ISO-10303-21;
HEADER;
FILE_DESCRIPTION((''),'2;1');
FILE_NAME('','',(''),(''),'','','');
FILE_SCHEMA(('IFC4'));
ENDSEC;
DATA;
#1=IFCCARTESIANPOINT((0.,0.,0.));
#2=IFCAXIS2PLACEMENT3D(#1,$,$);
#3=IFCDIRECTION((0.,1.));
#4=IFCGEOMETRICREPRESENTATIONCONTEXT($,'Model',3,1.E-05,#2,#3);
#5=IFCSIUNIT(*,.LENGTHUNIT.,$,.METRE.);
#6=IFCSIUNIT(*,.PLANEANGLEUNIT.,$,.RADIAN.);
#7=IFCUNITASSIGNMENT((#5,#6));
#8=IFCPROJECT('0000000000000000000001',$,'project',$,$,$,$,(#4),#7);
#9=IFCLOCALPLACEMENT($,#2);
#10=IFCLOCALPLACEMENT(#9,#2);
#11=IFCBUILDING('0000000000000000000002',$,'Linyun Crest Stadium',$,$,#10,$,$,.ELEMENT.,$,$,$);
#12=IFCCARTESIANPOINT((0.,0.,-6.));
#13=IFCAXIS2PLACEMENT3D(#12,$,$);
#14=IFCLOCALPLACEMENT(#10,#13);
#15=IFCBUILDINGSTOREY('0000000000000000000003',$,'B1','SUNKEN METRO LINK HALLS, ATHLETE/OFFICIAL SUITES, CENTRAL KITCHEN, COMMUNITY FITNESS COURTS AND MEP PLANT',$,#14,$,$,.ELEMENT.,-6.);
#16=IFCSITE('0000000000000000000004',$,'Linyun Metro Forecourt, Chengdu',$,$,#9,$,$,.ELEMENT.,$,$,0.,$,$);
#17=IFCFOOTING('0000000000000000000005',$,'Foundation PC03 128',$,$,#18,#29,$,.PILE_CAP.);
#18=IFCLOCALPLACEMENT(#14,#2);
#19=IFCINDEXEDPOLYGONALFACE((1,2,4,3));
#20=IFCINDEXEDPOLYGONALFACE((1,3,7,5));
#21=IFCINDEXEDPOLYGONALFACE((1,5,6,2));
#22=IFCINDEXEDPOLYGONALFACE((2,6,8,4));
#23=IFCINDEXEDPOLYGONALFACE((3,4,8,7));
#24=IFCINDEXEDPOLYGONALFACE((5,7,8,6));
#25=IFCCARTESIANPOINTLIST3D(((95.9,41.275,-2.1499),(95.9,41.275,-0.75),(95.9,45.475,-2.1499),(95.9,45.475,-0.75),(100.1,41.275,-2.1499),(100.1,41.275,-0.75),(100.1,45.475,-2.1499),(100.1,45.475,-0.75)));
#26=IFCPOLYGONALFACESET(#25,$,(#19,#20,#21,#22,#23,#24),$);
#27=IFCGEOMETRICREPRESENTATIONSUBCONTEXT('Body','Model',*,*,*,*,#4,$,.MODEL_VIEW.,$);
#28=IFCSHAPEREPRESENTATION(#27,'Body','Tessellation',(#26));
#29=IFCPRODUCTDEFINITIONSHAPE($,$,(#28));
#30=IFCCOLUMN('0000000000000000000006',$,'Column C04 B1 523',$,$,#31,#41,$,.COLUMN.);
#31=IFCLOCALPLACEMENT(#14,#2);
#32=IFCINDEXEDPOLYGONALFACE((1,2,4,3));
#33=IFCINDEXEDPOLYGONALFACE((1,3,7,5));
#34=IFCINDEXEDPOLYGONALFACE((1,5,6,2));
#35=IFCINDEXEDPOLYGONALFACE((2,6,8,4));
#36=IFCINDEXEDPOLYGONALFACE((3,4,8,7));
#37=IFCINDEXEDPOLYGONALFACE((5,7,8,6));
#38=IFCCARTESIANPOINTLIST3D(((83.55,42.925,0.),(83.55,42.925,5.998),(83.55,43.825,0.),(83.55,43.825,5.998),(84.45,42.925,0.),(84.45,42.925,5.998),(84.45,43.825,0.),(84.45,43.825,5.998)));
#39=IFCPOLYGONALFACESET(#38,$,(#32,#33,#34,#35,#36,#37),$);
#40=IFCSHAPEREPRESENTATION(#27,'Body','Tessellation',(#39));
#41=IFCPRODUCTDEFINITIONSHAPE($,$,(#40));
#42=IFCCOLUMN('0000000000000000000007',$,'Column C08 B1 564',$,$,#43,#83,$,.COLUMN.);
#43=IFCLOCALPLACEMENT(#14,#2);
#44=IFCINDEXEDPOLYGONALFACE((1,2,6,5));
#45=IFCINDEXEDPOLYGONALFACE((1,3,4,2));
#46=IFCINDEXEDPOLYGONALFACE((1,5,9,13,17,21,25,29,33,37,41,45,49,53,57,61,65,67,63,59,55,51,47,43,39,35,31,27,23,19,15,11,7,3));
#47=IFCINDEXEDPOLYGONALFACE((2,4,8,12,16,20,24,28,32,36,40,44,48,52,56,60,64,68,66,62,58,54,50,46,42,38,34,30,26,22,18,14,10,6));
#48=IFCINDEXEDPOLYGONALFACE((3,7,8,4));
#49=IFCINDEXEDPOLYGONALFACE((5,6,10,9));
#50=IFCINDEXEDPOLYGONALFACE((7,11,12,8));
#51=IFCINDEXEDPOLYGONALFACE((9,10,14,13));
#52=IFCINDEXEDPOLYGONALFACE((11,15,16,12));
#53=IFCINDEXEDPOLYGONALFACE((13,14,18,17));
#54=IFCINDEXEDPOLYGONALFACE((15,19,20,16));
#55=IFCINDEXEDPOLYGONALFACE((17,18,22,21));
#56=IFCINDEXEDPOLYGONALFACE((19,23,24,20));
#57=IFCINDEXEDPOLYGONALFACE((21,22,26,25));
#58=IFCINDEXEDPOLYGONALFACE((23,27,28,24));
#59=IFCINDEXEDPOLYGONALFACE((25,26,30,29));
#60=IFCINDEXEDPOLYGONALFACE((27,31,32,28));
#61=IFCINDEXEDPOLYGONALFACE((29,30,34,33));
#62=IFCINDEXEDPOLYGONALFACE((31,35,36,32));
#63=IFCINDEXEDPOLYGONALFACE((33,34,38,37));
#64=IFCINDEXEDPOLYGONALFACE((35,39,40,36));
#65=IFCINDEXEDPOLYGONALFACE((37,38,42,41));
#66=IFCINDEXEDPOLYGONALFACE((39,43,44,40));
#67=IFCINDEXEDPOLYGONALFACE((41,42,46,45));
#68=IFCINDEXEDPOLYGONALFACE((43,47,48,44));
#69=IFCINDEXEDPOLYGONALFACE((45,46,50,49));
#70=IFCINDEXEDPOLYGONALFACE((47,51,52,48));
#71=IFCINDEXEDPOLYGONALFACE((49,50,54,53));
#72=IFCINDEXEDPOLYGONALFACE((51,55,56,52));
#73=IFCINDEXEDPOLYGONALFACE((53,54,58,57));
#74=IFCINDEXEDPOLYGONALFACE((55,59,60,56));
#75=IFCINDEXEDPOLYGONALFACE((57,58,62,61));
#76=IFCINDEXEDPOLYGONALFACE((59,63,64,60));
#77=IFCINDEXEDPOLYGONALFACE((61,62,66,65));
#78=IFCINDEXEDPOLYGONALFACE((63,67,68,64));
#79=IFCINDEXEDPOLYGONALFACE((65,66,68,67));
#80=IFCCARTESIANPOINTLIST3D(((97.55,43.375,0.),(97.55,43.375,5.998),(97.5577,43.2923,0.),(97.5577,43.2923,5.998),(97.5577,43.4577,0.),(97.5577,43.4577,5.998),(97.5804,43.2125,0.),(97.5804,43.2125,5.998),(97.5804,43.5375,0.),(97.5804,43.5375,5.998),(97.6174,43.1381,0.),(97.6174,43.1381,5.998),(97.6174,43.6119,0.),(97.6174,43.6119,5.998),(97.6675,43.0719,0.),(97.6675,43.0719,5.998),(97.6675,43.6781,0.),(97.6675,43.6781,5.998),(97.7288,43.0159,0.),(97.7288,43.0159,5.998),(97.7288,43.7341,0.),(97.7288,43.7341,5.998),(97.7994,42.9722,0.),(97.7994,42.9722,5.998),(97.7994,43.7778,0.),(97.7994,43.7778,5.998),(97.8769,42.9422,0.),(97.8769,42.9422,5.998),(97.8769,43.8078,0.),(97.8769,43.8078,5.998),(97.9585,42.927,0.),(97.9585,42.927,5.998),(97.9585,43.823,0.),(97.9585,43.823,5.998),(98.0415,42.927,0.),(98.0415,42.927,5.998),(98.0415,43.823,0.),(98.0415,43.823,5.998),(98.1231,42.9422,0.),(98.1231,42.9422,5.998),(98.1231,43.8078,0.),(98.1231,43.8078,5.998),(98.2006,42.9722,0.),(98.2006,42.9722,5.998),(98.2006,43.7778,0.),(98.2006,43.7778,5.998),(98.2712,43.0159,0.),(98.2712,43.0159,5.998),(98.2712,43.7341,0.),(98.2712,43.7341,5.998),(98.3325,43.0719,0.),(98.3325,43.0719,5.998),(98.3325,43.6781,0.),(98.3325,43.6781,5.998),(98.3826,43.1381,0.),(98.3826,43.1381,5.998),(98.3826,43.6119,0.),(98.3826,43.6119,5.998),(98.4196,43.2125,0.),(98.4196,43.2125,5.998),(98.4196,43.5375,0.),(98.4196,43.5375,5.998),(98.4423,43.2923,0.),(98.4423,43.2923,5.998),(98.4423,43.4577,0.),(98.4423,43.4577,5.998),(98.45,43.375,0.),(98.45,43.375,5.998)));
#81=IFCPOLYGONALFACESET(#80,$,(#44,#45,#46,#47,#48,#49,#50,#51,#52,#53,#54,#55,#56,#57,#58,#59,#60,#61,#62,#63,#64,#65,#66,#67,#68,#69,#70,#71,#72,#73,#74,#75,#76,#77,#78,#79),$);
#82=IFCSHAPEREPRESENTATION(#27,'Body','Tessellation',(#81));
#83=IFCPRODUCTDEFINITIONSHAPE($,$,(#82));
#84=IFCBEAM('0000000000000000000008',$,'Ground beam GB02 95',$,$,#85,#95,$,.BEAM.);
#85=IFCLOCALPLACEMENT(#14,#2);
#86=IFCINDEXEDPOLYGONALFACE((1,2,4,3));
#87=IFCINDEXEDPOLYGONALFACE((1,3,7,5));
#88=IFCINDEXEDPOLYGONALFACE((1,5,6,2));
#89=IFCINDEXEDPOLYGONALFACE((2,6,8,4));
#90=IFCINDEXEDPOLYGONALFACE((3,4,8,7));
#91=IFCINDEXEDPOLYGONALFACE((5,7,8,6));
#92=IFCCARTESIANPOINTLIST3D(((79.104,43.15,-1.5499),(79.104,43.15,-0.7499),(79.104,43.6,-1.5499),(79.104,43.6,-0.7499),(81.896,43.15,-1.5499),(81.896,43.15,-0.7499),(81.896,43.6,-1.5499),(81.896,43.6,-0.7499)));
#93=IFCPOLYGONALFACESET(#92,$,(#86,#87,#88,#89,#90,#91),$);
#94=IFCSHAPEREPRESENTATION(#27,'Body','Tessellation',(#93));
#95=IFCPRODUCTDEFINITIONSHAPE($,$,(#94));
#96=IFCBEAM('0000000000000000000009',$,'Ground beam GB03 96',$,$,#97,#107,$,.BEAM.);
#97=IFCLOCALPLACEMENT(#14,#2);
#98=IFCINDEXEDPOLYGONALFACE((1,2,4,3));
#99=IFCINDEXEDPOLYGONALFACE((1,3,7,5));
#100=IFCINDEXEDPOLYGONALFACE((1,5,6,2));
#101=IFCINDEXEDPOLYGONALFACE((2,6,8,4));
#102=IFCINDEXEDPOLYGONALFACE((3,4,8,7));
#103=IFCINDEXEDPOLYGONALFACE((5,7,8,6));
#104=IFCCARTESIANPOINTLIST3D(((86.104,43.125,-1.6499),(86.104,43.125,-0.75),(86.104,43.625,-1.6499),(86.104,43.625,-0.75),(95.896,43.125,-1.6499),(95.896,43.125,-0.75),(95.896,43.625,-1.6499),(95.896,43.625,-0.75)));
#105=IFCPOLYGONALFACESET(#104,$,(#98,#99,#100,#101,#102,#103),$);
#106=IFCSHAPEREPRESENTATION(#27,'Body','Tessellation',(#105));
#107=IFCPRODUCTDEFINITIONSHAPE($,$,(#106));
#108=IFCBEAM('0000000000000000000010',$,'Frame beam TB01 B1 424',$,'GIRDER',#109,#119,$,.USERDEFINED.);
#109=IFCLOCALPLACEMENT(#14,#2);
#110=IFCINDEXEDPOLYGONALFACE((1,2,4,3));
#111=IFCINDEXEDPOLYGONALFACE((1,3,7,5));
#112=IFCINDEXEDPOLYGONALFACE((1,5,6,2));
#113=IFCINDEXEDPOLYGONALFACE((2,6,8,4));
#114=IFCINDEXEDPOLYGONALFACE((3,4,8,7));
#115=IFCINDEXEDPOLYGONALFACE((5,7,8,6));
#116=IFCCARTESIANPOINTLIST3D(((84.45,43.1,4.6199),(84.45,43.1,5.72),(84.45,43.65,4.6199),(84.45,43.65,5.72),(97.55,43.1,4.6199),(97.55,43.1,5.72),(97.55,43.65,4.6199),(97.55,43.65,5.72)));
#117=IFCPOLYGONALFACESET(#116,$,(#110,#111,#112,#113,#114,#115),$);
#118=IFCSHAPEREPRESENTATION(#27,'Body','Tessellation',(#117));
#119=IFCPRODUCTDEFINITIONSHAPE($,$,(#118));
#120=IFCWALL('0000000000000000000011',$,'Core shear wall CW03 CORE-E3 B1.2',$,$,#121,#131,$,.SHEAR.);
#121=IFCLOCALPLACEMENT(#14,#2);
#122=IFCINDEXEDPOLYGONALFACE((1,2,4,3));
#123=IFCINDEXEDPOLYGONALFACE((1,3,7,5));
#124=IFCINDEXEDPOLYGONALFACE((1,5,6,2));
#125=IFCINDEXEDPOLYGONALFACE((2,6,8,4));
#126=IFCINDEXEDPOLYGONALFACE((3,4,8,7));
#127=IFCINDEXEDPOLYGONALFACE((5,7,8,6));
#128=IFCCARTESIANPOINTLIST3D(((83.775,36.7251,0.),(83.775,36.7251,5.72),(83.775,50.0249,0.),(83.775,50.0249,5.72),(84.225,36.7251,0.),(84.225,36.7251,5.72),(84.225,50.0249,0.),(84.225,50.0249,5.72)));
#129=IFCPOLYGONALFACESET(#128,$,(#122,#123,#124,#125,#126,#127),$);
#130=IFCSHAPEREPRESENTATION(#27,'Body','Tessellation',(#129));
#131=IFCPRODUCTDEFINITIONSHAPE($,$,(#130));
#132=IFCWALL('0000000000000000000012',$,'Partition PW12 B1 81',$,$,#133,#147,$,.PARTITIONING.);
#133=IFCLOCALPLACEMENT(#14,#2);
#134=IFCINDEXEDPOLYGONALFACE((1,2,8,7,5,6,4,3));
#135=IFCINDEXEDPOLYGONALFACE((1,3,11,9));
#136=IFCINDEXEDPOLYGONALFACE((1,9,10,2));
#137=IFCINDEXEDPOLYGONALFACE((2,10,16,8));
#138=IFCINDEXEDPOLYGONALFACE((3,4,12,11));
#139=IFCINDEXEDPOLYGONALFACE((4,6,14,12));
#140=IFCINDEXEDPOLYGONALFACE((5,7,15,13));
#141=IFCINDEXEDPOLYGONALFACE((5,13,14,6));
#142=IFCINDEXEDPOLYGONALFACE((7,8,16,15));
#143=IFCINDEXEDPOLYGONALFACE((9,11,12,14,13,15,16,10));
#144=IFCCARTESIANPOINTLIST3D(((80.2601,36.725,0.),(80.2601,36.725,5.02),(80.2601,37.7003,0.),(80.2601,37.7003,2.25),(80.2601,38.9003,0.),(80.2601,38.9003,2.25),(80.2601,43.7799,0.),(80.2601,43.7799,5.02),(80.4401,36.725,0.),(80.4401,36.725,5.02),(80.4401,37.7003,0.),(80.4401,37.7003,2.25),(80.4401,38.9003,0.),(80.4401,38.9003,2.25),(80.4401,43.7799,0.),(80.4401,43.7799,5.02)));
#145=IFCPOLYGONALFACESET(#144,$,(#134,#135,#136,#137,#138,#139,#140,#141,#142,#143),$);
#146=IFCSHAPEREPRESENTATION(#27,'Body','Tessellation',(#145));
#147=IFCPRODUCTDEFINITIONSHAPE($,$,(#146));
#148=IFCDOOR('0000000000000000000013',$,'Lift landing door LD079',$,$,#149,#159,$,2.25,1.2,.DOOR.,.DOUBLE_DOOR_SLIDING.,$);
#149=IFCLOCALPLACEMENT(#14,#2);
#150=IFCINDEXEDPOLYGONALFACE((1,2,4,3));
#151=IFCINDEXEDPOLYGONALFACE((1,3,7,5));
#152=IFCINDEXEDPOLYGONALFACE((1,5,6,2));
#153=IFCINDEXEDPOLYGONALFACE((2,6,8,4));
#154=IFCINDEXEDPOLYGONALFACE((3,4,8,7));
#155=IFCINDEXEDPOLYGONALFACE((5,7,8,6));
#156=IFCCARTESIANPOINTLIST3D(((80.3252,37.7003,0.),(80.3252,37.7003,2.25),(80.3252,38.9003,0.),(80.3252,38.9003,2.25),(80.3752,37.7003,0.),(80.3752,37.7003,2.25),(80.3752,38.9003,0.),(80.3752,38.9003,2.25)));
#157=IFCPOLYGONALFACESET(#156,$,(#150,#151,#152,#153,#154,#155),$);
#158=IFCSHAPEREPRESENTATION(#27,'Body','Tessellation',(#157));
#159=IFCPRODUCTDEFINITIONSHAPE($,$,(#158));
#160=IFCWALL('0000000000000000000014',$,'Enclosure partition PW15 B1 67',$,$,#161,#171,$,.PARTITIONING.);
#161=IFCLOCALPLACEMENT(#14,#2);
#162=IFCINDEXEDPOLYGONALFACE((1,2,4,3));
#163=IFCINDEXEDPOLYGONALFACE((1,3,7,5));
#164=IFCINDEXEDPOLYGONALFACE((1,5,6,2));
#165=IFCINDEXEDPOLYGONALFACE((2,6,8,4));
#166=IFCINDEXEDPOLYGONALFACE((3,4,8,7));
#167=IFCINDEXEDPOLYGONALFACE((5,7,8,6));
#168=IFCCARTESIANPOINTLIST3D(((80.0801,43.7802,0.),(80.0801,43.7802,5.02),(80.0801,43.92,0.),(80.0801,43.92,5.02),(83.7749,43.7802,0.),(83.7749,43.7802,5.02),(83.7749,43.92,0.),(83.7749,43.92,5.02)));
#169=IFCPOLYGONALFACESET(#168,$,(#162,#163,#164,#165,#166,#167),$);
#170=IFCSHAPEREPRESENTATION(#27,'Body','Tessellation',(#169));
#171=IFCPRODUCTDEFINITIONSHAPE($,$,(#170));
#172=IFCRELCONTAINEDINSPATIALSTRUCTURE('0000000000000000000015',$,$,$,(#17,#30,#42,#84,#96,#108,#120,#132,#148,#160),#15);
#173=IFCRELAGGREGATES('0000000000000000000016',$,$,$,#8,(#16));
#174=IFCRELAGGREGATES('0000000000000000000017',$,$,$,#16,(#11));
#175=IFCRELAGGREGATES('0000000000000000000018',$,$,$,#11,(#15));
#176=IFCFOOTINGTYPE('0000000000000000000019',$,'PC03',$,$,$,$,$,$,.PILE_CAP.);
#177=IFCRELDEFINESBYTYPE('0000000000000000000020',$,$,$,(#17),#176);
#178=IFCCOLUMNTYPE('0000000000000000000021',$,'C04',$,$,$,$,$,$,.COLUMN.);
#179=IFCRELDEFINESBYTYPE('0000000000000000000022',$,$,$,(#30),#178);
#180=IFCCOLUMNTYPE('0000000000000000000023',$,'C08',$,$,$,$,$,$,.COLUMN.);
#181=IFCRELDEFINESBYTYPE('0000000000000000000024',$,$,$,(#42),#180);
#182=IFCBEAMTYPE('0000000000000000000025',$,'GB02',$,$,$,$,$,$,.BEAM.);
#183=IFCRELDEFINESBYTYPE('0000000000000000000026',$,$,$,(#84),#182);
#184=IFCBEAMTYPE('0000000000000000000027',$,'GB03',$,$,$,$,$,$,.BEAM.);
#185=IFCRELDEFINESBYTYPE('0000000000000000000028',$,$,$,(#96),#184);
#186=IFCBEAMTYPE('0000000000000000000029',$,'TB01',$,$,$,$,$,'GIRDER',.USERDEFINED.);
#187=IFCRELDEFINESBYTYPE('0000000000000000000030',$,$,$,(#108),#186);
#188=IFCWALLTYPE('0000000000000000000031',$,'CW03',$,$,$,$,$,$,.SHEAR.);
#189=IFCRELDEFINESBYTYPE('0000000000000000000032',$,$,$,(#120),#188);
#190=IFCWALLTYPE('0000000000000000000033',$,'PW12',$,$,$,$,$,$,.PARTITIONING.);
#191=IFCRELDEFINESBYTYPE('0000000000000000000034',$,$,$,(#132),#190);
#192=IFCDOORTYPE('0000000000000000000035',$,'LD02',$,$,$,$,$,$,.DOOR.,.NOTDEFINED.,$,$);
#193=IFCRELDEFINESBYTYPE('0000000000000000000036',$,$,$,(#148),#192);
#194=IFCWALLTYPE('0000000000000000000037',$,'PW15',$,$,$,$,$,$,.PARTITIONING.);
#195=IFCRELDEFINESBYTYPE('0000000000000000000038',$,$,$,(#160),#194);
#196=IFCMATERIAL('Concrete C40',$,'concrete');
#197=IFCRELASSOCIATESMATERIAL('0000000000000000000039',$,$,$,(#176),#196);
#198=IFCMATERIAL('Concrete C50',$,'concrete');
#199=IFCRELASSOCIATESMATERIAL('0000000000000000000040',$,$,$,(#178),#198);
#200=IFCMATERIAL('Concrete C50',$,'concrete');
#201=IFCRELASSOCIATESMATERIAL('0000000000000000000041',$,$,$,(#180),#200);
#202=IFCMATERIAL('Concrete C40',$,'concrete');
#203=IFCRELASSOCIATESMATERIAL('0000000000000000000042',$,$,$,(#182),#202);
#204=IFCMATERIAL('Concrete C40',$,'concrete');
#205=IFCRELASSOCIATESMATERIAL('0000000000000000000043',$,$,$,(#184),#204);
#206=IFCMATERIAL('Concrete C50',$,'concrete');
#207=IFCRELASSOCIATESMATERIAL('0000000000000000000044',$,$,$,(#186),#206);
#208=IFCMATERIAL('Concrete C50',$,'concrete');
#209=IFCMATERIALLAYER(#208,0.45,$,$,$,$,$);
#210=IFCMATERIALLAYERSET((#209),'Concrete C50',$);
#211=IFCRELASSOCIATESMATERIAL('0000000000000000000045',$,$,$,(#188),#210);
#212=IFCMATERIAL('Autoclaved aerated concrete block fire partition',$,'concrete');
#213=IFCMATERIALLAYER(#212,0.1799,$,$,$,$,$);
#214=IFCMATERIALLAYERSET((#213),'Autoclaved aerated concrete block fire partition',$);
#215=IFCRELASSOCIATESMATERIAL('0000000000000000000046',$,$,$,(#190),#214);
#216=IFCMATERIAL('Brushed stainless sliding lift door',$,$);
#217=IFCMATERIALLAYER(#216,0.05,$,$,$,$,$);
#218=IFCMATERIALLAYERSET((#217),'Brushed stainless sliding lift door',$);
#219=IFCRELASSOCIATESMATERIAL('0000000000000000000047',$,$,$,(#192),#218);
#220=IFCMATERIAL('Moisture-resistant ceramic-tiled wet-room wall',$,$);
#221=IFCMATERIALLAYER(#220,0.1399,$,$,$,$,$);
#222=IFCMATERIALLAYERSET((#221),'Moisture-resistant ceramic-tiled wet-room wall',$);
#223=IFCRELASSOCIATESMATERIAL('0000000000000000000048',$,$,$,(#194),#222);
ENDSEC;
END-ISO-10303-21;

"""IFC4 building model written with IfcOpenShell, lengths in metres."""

from ifc_helpers import new_model, si_unit, direction, frame, frame_2d, origin, origin_2d, place, context, subcontext, project, spatial, rectangle, circle, extrude, material, layer, layer_set, material_profile, profile_set, type_object, element, fill, save


model = new_model("IFC4")

# Units and contexts
model_context = context("Model", 3, precision=1e-05, world=origin(), true_north=direction((0.0, 1.0)))
body_context = subcontext(model_context, "Body", "Model", "MODEL_VIEW")
ifc_project = project(units=[si_unit("LENGTHUNIT", "METRE"), si_unit("PLANEANGLEUNIT", "RADIAN")], contexts=[model_context])

# Site, building, storey
site_placement = place(None, origin())
site = spatial("IfcSite", under=ifc_project, at=site_placement, Name="Linyun Metro Forecourt, Chengdu", CompositionType="ELEMENT", RefElevation=0.0)
building_placement = place(site_placement, origin())
building = spatial("IfcBuilding", under=site, at=building_placement, Name="Linyun Crest Stadium", CompositionType="ELEMENT")
storey_placement = place(building_placement, frame((0.0, 0.0, -6.0)))
storey = spatial("IfcBuildingStorey", under=building, at=storey_placement, Name="B1", Description="SUNKEN METRO LINK HALLS, ATHLETE/OFFICIAL SUITES, CENTRAL KITCHEN, COMMUNITY FITNESS COURTS AND MEP PLANT", CompositionType="ELEMENT", Elevation=-6.0)

# Footing
ifc_material_1 = material(Name="Concrete C40", Category="concrete")
footing_type = type_object("IfcFootingType", Name="PC03", PredefinedType="PILE_CAP", material=ifc_material_1)
for number, where, z_axis, x_axis, name in (
    (1, (98.0, 43.375, -2.1499), (0.0, 0.0, 1.0), (1.0, 0.0, 0.0), "Foundation PC03 128"),
):
    element("IfcFooting", number, at=place(storey_placement, frame(where, z_axis=z_axis, x_axis=x_axis)), inside=storey, type_object=footing_type, Name=name, PredefinedType="PILE_CAP", context=body_context, shape_type="SweptSolid", body=[
        extrude(rectangle(XDim=4.2, YDim=4.2, at=origin_2d()), origin(), (0.0, 0.0, 1.0), 1.3999),
    ])

# Columns
ifc_material_2 = material(Name="Concrete C50", Category="concrete")
ifc_material_profile_1 = material_profile(ifc_material_2, rectangle(XDim=0.8999, YDim=0.8999, at=origin_2d()), Name="RC 900x900")
ifc_profile_set_1 = profile_set([ifc_material_profile_1], Name="Concrete C50")
column_type_1 = type_object("IfcColumnType", Name="C04", PredefinedType="COLUMN", material=ifc_profile_set_1)
column_1_placement = place(storey_placement, frame((84.0, 43.375, 0.0), z_axis=(0.0, 0.0, 1.0), x_axis=(1.0, 0.0, 0.0)))
element("IfcColumn", 2, at=column_1_placement, inside=storey, type_object=column_type_1, Name="Column C04 B1 523", PredefinedType="COLUMN", context=body_context, shape_type="SweptSolid", body=[
    extrude(rectangle(XDim=0.8999, YDim=0.8999, at=origin_2d()), origin(), (0.0, 0.0, 1.0), 5.998),
])
ifc_material_3 = material(Name="Concrete C50", Category="concrete")
ifc_material_profile_2 = material_profile(ifc_material_3, circle(Radius=0.45, at=origin_2d()), Name="RC D900")
ifc_profile_set_2 = profile_set([ifc_material_profile_2], Name="Concrete C50")
column_type_2 = type_object("IfcColumnType", Name="C08", PredefinedType="COLUMN", material=ifc_profile_set_2)
column_2_placement = place(storey_placement, frame((98.0, 43.375, 0.0), z_axis=(0.0, 0.0, 1.0), x_axis=(1.0, 0.0, 0.0)))
element("IfcColumn", 3, at=column_2_placement, inside=storey, type_object=column_type_2, Name="Column C08 B1 564", PredefinedType="COLUMN", context=body_context, shape_type="SweptSolid", body=[
    extrude(circle(Radius=0.45, at=origin_2d()), origin(), (0.0, 0.0, 1.0), 5.998),
])

# Beams
ifc_material_4 = material(Name="Concrete C40", Category="concrete")
ifc_material_profile_3 = material_profile(ifc_material_4, rectangle(XDim=0.45, YDim=0.8, at=origin_2d()), Name="RCB 800x450")
ifc_profile_set_3 = profile_set([ifc_material_profile_3], Name="Concrete C40")
beam_type_1 = type_object("IfcBeamType", Name="GB02", PredefinedType="BEAM", material=ifc_profile_set_3)
beam_1_placement = place(storey_placement, frame((79.104, 43.375, -1.1499), z_axis=(1.0, 0.0, 0.0), x_axis=(0.0, 1.0, 0.0)))
element("IfcBeam", 4, at=beam_1_placement, inside=storey, type_object=beam_type_1, Name="Ground beam GB02 95", PredefinedType="BEAM", context=body_context, shape_type="SweptSolid", body=[
    extrude(rectangle(XDim=0.45, YDim=0.8, at=origin_2d()), origin(), (0.0, 0.0, 1.0), 2.792),
])
ifc_material_5 = material(Name="Concrete C40", Category="concrete")
ifc_material_profile_4 = material_profile(ifc_material_5, rectangle(XDim=0.5, YDim=0.8999, at=origin_2d()), Name="RCB 900x500")
ifc_profile_set_4 = profile_set([ifc_material_profile_4], Name="Concrete C40")
beam_type_2 = type_object("IfcBeamType", Name="GB03", PredefinedType="BEAM", material=ifc_profile_set_4)
beam_2_placement = place(storey_placement, frame((86.104, 43.375, -1.2), z_axis=(1.0, 0.0, 0.0), x_axis=(0.0, 1.0, 0.0)))
element("IfcBeam", 5, at=beam_2_placement, inside=storey, type_object=beam_type_2, Name="Ground beam GB03 96", PredefinedType="BEAM", context=body_context, shape_type="SweptSolid", body=[
    extrude(rectangle(XDim=0.5, YDim=0.8999, at=origin_2d()), origin(), (0.0, 0.0, 1.0), 9.792),
])
ifc_material_6 = material(Name="Concrete C50", Category="concrete")
ifc_material_profile_5 = material_profile(ifc_material_6, rectangle(XDim=0.55, YDim=1.1001, at=origin_2d()), Name="RCB 1100x550")
ifc_profile_set_5 = profile_set([ifc_material_profile_5], Name="Concrete C50")
beam_type_3 = type_object("IfcBeamType", Name="TB01", ElementType="GIRDER", PredefinedType="USERDEFINED", material=ifc_profile_set_5)
beam_3_placement = place(storey_placement, frame((84.45, 43.375, 5.1699), z_axis=(1.0, 0.0, 0.0), x_axis=(0.0, 1.0, 0.0)))
element("IfcBeam", 6, at=beam_3_placement, inside=storey, type_object=beam_type_3, Name="Frame beam TB01 B1 424", ObjectType="GIRDER", PredefinedType="USERDEFINED", context=body_context, shape_type="SweptSolid", body=[
    extrude(rectangle(XDim=0.55, YDim=1.1001, at=origin_2d()), origin(), (0.0, 0.0, 1.0), 13.1001),
])

# Wall
ifc_material_7 = material(Name="Concrete C50", Category="concrete")
ifc_layer_1 = layer(ifc_material_7, 0.45)
ifc_layer_set_1 = layer_set([ifc_layer_1], Name="Concrete C50")
wall_type_1 = type_object("IfcWallType", Name="CW03", PredefinedType="SHEAR", material=ifc_layer_set_1)
wall_1_placement = place(storey_placement, frame((84.0, 36.7251, 0.0), z_axis=(0.0, 0.0, 1.0), x_axis=(0.0, 1.0, 0.0)))
element("IfcWall", 7, at=wall_1_placement, inside=storey, type_object=wall_type_1, Name="Core shear wall CW03 CORE-E3 B1.2", PredefinedType="SHEAR", context=body_context, shape_type="SweptSolid", body=[
    extrude(rectangle(XDim=13.2998, YDim=0.45, at=frame_2d((6.6499, 0.0))), origin(), (0.0, 0.0, 1.0), 5.72),
])

# Wall, opening, door
ifc_material_8 = material(Name="Autoclaved aerated concrete block fire partition", Category="concrete")
ifc_layer_2 = layer(ifc_material_8, 0.1799)
ifc_layer_set_2 = layer_set([ifc_layer_2], Name="Autoclaved aerated concrete block fire partition")
wall_type_2 = type_object("IfcWallType", Name="PW12", PredefinedType="PARTITIONING", material=ifc_layer_set_2)
wall_2_placement = place(storey_placement, frame((80.3501, 36.7251, 0.0), z_axis=(0.0, 0.0, 1.0), x_axis=(0.0, 1.0, 0.0)))
wall_2 = element("IfcWall", 8, at=wall_2_placement, inside=storey, type_object=wall_type_2, Name="Partition PW12 B1 81", PredefinedType="PARTITIONING", context=body_context, shape_type="SweptSolid", body=[
    extrude(rectangle(XDim=7.0549, YDim=0.1799, at=frame_2d((3.5273, 0.0))), origin(), (0.0, 0.0, 1.0), 5.02),
])
opening_1_placement = place(wall_2_placement, frame((0.9751, 0.0, 0.0)))
opening_1 = element("IfcOpeningElement", 9, at=opening_1_placement, cuts=wall_2, PredefinedType="OPENING", context=body_context, shape_type="SweptSolid", body=[
    extrude(rectangle(XDim=1.2, YDim=2.25, at=frame_2d((0.6001, 1.125))), frame((0.0, 0.0999, 0.0), z_axis=(0.0, -1.0, 0.0), x_axis=(1.0, 0.0, 0.0)), (0.0, 0.0, 1.0), 0.2),
])
ifc_material_9 = material(Name="Brushed stainless sliding lift door")
ifc_layer_3 = layer(ifc_material_9, 0.05)
ifc_layer_set_3 = layer_set([ifc_layer_3], Name="Brushed stainless sliding lift door")
door_type_1 = type_object("IfcDoorType", Name="LD02", OperationType="NOTDEFINED", PredefinedType="DOOR", material=ifc_layer_set_3)
door_1_placement = place(opening_1_placement, origin())
door_1 = element("IfcDoor", 10, at=door_1_placement, inside=storey, type_object=door_type_1, Name="Lift landing door LD079", OperationType="DOUBLE_DOOR_SLIDING", OverallHeight=2.25, OverallWidth=1.2, PredefinedType="DOOR", context=body_context, shape_type="SweptSolid", body=[
    extrude(rectangle(XDim=1.2, YDim=2.25, at=frame_2d((0.6001, 1.125))), frame((0.0, 0.0249, 0.0), z_axis=(0.0, -1.0, 0.0), x_axis=(1.0, 0.0, 0.0)), (0.0, 0.0, 1.0), 0.05),
])
fill(opening_1, door_1)

# Shared definitions
ifc_material_10 = material(Name="Moisture-resistant ceramic-tiled wet-room wall")
ifc_layer_4 = layer(ifc_material_10, 0.1399)
ifc_layer_set_4 = layer_set([ifc_layer_4], Name="Moisture-resistant ceramic-tiled wet-room wall")
wall_type_3 = type_object("IfcWallType", Name="PW15", PredefinedType="PARTITIONING", material=ifc_layer_set_4)

# Wall
wall_3_placement = place(storey_placement, frame((80.0801, 43.8501, 0.0), z_axis=(0.0, 0.0, 1.0), x_axis=(1.0, 0.0, 0.0)))
element("IfcWall", 11, at=wall_3_placement, inside=storey, type_object=wall_type_3, Name="Enclosure partition PW15 B1 67", PredefinedType="PARTITIONING", context=body_context, shape_type="SweptSolid", body=[
    extrude(rectangle(XDim=3.6948, YDim=0.1399, at=frame_2d((1.8474, 0.0))), origin(), (0.0, 0.0, 1.0), 5.02),
])

save(model, "model.ifc")
